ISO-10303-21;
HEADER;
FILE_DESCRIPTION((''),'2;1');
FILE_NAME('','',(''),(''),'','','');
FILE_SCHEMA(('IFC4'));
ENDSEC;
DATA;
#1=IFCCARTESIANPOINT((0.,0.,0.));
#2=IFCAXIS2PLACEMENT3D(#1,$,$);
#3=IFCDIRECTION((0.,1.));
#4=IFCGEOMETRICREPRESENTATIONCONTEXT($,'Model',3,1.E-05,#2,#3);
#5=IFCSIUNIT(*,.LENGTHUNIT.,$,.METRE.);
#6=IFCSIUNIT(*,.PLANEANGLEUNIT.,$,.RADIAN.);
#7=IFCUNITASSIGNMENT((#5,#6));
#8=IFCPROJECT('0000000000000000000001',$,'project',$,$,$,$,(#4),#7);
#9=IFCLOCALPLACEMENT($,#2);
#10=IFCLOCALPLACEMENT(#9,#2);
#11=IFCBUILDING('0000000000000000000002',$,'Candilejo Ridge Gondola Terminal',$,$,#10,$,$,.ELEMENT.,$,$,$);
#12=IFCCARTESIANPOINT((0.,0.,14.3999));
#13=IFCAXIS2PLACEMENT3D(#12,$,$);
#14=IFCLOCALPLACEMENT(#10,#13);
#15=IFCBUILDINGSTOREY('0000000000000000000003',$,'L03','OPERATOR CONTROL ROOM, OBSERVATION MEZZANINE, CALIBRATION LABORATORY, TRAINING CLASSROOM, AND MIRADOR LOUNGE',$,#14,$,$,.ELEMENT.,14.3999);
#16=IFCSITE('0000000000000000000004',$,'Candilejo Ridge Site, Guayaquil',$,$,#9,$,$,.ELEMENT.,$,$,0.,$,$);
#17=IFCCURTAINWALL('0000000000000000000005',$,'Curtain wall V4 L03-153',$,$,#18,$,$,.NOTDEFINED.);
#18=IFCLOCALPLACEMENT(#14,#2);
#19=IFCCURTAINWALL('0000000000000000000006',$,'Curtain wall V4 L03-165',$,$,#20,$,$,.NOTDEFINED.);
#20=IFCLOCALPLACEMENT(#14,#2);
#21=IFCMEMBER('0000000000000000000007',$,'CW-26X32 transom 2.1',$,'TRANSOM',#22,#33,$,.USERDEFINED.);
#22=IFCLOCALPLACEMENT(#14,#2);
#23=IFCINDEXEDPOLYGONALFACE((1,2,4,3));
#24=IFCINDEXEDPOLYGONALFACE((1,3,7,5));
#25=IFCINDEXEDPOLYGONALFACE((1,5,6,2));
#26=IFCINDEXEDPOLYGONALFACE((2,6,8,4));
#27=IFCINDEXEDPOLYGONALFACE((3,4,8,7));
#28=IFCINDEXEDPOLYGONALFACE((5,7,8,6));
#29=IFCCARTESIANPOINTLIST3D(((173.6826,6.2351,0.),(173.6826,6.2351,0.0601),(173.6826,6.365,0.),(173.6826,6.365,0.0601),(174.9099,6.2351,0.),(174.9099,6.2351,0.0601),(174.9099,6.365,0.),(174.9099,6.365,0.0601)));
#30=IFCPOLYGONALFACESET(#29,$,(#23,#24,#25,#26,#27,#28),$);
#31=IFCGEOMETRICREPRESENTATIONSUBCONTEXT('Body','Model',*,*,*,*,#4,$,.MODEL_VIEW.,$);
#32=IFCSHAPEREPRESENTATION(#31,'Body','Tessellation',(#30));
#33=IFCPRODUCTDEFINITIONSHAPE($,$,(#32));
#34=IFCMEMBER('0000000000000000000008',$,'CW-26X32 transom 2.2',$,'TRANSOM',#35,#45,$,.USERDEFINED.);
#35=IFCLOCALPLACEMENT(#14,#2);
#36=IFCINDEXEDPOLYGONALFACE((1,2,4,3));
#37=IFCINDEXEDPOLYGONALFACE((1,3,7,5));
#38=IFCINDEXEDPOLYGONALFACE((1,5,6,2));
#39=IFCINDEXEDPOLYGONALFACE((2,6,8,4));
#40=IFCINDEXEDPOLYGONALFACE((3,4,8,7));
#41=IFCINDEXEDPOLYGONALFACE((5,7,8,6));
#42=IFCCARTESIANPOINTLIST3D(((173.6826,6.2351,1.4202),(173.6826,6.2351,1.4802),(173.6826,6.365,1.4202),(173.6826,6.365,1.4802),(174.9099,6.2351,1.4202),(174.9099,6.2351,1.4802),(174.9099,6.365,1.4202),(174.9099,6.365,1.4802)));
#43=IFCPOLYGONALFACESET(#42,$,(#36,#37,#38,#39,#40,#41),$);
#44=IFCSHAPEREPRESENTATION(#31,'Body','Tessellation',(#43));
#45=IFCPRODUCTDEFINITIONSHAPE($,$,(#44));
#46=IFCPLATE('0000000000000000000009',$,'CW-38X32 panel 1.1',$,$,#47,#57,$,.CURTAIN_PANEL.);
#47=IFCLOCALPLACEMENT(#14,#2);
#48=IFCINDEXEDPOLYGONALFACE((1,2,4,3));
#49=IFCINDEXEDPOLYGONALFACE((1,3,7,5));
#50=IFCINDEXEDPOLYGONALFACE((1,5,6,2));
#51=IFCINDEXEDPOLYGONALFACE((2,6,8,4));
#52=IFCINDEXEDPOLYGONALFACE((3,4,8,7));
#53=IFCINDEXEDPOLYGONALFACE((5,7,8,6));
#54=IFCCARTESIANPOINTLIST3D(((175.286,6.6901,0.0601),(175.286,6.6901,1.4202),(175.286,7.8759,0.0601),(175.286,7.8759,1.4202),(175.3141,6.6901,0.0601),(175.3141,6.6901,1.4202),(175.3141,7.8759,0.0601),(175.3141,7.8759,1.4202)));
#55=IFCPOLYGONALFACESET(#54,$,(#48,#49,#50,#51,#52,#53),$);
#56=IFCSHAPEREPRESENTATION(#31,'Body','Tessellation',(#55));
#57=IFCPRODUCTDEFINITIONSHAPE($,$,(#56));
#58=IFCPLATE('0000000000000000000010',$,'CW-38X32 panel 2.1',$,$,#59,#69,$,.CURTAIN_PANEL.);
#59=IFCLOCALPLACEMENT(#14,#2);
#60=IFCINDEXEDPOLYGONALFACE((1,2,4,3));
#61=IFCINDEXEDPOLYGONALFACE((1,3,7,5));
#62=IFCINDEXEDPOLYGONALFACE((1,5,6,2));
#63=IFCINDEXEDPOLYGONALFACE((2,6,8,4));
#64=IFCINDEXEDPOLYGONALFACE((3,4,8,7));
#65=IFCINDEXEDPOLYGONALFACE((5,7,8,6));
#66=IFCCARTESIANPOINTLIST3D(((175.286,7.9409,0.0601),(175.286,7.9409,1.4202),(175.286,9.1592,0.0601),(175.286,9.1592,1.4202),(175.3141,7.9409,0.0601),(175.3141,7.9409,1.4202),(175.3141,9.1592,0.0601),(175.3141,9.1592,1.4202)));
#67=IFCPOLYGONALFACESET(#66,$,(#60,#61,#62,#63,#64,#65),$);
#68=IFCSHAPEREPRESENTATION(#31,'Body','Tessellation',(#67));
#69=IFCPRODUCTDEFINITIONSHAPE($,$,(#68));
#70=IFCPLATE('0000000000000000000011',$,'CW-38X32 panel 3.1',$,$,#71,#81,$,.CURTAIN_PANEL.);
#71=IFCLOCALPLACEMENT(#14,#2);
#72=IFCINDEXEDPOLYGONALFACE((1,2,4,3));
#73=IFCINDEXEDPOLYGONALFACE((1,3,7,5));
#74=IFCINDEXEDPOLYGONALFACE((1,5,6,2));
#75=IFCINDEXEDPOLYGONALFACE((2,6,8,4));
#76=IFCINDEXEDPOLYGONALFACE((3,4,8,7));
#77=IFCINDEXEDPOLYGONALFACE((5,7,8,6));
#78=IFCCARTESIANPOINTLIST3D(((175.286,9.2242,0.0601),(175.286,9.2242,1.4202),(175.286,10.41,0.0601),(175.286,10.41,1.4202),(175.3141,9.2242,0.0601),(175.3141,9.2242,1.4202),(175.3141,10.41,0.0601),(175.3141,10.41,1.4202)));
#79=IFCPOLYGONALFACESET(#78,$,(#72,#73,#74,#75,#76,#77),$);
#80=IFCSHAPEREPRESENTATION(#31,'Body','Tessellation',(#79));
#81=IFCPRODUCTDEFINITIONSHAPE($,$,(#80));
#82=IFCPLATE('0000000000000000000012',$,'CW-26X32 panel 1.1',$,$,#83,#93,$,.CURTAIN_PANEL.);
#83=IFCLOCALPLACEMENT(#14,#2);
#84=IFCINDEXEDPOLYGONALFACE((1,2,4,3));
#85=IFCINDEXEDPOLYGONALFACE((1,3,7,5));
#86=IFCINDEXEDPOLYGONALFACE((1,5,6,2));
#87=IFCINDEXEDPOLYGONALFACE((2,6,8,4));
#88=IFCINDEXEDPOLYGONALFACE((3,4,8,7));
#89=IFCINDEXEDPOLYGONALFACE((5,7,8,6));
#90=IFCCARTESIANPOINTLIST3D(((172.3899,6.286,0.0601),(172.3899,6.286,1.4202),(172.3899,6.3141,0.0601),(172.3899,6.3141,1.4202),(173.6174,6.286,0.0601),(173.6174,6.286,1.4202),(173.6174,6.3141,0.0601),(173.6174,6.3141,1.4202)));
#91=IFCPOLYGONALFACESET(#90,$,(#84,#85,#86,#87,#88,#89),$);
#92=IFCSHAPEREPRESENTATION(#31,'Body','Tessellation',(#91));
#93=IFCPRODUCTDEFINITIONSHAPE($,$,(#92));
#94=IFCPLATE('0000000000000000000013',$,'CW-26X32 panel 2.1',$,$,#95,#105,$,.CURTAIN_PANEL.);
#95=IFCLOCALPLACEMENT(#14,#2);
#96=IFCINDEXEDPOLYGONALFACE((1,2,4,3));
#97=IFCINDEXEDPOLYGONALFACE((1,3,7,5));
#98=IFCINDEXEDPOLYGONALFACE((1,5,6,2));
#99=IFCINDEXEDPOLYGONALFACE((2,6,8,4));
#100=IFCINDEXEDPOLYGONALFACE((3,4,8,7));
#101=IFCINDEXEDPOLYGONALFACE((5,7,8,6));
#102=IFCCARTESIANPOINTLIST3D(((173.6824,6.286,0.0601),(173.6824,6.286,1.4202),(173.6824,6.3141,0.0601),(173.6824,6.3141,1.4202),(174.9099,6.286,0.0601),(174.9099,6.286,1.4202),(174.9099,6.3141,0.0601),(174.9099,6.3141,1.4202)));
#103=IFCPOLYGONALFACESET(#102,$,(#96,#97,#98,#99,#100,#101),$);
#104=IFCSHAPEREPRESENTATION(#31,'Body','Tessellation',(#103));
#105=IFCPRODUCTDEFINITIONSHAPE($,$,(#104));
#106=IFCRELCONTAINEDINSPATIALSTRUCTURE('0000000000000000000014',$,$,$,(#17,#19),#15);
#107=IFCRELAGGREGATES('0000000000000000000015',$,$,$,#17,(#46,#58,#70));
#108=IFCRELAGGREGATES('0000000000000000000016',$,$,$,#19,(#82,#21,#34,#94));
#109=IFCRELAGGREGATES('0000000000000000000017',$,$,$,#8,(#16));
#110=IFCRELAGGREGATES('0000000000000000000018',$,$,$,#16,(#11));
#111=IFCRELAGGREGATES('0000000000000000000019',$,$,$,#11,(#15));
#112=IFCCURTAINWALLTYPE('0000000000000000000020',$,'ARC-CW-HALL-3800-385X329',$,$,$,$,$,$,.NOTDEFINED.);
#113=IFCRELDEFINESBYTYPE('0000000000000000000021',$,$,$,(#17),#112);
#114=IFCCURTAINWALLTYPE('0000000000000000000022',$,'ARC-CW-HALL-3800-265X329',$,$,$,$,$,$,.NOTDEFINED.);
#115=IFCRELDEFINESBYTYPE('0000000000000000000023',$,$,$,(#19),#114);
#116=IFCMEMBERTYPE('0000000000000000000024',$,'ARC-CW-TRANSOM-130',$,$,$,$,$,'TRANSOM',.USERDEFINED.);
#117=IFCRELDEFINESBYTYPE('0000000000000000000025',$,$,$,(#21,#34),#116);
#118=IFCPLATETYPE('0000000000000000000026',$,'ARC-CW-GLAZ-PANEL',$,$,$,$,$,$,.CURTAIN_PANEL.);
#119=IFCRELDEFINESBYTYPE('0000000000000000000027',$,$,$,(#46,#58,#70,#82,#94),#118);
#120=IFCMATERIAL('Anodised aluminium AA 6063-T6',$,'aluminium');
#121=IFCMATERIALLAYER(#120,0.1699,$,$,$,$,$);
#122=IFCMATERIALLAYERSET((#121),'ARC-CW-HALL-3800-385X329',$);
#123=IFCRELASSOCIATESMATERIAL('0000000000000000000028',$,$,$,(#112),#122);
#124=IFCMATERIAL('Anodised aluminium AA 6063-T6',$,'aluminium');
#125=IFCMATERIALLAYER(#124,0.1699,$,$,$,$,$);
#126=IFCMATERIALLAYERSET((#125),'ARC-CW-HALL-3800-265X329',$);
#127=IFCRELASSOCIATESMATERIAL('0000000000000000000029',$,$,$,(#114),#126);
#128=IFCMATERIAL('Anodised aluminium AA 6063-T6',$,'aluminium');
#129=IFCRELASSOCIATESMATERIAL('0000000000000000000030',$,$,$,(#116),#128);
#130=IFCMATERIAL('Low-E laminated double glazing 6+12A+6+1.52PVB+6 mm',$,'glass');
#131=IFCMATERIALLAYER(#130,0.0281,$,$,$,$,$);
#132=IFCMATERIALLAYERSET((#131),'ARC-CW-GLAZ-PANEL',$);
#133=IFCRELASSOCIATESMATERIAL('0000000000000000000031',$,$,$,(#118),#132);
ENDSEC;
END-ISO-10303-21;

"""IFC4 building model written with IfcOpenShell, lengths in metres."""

from ifc_helpers import new_model, si_unit, direction, frame, origin, origin_2d, place, context, subcontext, project, spatial, rectangle, extrude, material, layer, layer_set, material_profile, profile_set, type_object, element, aggregate, save


model = new_model("IFC4")

# Units and contexts
model_context = context("Model", 3, precision=1e-05, world=origin(), true_north=direction((0.0, 1.0)))
body_context = subcontext(model_context, "Body", "Model", "MODEL_VIEW")
ifc_project = project(units=[si_unit("LENGTHUNIT", "METRE"), si_unit("PLANEANGLEUNIT", "RADIAN")], contexts=[model_context])

# Site, building, storey
site_placement = place(None, origin())
site = spatial("IfcSite", under=ifc_project, at=site_placement, Name="Candilejo Ridge Site, Guayaquil", CompositionType="ELEMENT", RefElevation=0.0)
building_placement = place(site_placement, origin())
building = spatial("IfcBuilding", under=site, at=building_placement, Name="Candilejo Ridge Gondola Terminal", CompositionType="ELEMENT")
storey_placement = place(building_placement, frame((0.0, 0.0, 14.3999)))
storey = spatial("IfcBuildingStorey", under=building, at=storey_placement, Name="L03", Description="OPERATOR CONTROL ROOM, OBSERVATION MEZZANINE, CALIBRATION LABORATORY, TRAINING CLASSROOM, AND MIRADOR LOUNGE", CompositionType="ELEMENT", Elevation=14.3999)

# Curtain walls
ifc_material_1 = material(Name="Anodised aluminium AA 6063-T6", Category="aluminium")
ifc_layer_1 = layer(ifc_material_1, 0.1699)
ifc_layer_set_1 = layer_set([ifc_layer_1], Name="ARC-CW-HALL-3800-385X329")
curtain_wall_type_1 = type_object("IfcCurtainWallType", Name="ARC-CW-HALL-3800-385X329", PredefinedType="NOTDEFINED", material=ifc_layer_set_1)
curtain_wall_1_placement = place(storey_placement, origin())
curtain_wall_1 = element("IfcCurtainWall", 1, at=curtain_wall_1_placement, inside=storey, type_object=curtain_wall_type_1, Name="Curtain wall V4 L03-153", PredefinedType="NOTDEFINED")
ifc_material_2 = material(Name="Anodised aluminium AA 6063-T6", Category="aluminium")
ifc_layer_2 = layer(ifc_material_2, 0.1699)
ifc_layer_set_2 = layer_set([ifc_layer_2], Name="ARC-CW-HALL-3800-265X329")
curtain_wall_type_2 = type_object("IfcCurtainWallType", Name="ARC-CW-HALL-3800-265X329", PredefinedType="NOTDEFINED", material=ifc_layer_set_2)
curtain_wall_2_placement = place(storey_placement, origin())
curtain_wall_2 = element("IfcCurtainWall", 2, at=curtain_wall_2_placement, inside=storey, type_object=curtain_wall_type_2, Name="Curtain wall V4 L03-165", PredefinedType="NOTDEFINED")

# Members
ifc_material_3 = material(Name="Anodised aluminium AA 6063-T6", Category="aluminium")
ifc_material_profile_1 = material_profile(ifc_material_3, rectangle(XDim=0.1299, YDim=0.0601, at=origin_2d()))
ifc_profile_set_1 = profile_set([ifc_material_profile_1], Name="Anodised aluminium AA 6063-T6")
member_type_1 = type_object("IfcMemberType", Name="ARC-CW-TRANSOM-130", ElementType="TRANSOM", PredefinedType="USERDEFINED", material=ifc_profile_set_1)
member_1_placement = place(storey_placement, frame((173.6826, 6.3, 0.03), z_axis=(1.0, 0.0, 0.0), x_axis=(0.0, 1.0, 0.0)))
member_1 = element("IfcMember", 3, at=member_1_placement, type_object=member_type_1, Name="CW-26X32 transom 2.1", ObjectType="TRANSOM", PredefinedType="USERDEFINED", context=body_context, shape_type="SweptSolid", body=[
    extrude(rectangle(XDim=0.1299, YDim=0.0601, at=origin_2d()), origin(), (0.0, 0.0, 1.0), 1.2273),
])
member_2_placement = place(storey_placement, frame((173.6826, 6.3, 1.4502), z_axis=(1.0, 0.0, 0.0), x_axis=(0.0, 1.0, 0.0)))
member_2 = element("IfcMember", 4, at=member_2_placement, type_object=member_type_1, Name="CW-26X32 transom 2.2", ObjectType="TRANSOM", PredefinedType="USERDEFINED", context=body_context, shape_type="SweptSolid", body=[
    extrude(rectangle(XDim=0.1299, YDim=0.0601, at=origin_2d()), origin(), (0.0, 0.0, 1.0), 1.2273),
])

# Plates
ifc_material_4 = material(Name="Low-E laminated double glazing 6+12A+6+1.52PVB+6 mm", Category="glass")
ifc_layer_3 = layer(ifc_material_4, 0.0281)
ifc_layer_set_3 = layer_set([ifc_layer_3], Name="ARC-CW-GLAZ-PANEL")
plate_type = type_object("IfcPlateType", Name="ARC-CW-GLAZ-PANEL", PredefinedType="CURTAIN_PANEL", material=ifc_layer_set_3)
plate_1_placement = place(storey_placement, frame((175.3, 7.283, 0.0601), z_axis=(0.0, 0.0, 1.0), x_axis=(0.0, 1.0, 0.0)))
plate_1 = element("IfcPlate", 5, at=plate_1_placement, type_object=plate_type, Name="CW-38X32 panel 1.1", PredefinedType="CURTAIN_PANEL", context=body_context, shape_type="SweptSolid", body=[
    extrude(rectangle(XDim=1.1858, YDim=0.0281, at=origin_2d()), origin(), (0.0, 0.0, 1.0), 1.3601),
])
plate_2_placement = place(storey_placement, frame((175.3, 8.55, 0.0601), z_axis=(0.0, 0.0, 1.0), x_axis=(0.0, 1.0, 0.0)))
plate_2 = element("IfcPlate", 6, at=plate_2_placement, type_object=plate_type, Name="CW-38X32 panel 2.1", PredefinedType="CURTAIN_PANEL", context=body_context, shape_type="SweptSolid", body=[
    extrude(rectangle(XDim=1.2183, YDim=0.0281, at=origin_2d()), origin(), (0.0, 0.0, 1.0), 1.3601),
])
plate_3_placement = place(storey_placement, frame((175.3, 9.8171, 0.0601), z_axis=(0.0, 0.0, 1.0), x_axis=(0.0, 1.0, 0.0)))
plate_3 = element("IfcPlate", 7, at=plate_3_placement, type_object=plate_type, Name="CW-38X32 panel 3.1", PredefinedType="CURTAIN_PANEL", context=body_context, shape_type="SweptSolid", body=[
    extrude(rectangle(XDim=1.1858, YDim=0.0281, at=origin_2d()), origin(), (0.0, 0.0, 1.0), 1.3601),
])
aggregate(curtain_wall_1, [plate_1, plate_2, plate_3])
plate_4_placement = place(storey_placement, frame((173.0037, 6.3, 0.0601), z_axis=(0.0, 0.0, 1.0), x_axis=(1.0, 0.0, 0.0)))
plate_4 = element("IfcPlate", 8, at=plate_4_placement, type_object=plate_type, Name="CW-26X32 panel 1.1", PredefinedType="CURTAIN_PANEL", context=body_context, shape_type="SweptSolid", body=[
    extrude(rectangle(XDim=1.2275, YDim=0.0281, at=origin_2d()), origin(), (0.0, 0.0, 1.0), 1.3601),
])
plate_5_placement = place(storey_placement, frame((174.2961, 6.3, 0.0601), z_axis=(0.0, 0.0, 1.0), x_axis=(1.0, 0.0, 0.0)))
plate_5 = element("IfcPlate", 9, at=plate_5_placement, type_object=plate_type, Name="CW-26X32 panel 2.1", PredefinedType="CURTAIN_PANEL", context=body_context, shape_type="SweptSolid", body=[
    extrude(rectangle(XDim=1.2275, YDim=0.0281, at=origin_2d()), origin(), (0.0, 0.0, 1.0), 1.3601),
])
aggregate(curtain_wall_2, [plate_4, member_1, member_2, plate_5])

save(model, "model.ifc")
